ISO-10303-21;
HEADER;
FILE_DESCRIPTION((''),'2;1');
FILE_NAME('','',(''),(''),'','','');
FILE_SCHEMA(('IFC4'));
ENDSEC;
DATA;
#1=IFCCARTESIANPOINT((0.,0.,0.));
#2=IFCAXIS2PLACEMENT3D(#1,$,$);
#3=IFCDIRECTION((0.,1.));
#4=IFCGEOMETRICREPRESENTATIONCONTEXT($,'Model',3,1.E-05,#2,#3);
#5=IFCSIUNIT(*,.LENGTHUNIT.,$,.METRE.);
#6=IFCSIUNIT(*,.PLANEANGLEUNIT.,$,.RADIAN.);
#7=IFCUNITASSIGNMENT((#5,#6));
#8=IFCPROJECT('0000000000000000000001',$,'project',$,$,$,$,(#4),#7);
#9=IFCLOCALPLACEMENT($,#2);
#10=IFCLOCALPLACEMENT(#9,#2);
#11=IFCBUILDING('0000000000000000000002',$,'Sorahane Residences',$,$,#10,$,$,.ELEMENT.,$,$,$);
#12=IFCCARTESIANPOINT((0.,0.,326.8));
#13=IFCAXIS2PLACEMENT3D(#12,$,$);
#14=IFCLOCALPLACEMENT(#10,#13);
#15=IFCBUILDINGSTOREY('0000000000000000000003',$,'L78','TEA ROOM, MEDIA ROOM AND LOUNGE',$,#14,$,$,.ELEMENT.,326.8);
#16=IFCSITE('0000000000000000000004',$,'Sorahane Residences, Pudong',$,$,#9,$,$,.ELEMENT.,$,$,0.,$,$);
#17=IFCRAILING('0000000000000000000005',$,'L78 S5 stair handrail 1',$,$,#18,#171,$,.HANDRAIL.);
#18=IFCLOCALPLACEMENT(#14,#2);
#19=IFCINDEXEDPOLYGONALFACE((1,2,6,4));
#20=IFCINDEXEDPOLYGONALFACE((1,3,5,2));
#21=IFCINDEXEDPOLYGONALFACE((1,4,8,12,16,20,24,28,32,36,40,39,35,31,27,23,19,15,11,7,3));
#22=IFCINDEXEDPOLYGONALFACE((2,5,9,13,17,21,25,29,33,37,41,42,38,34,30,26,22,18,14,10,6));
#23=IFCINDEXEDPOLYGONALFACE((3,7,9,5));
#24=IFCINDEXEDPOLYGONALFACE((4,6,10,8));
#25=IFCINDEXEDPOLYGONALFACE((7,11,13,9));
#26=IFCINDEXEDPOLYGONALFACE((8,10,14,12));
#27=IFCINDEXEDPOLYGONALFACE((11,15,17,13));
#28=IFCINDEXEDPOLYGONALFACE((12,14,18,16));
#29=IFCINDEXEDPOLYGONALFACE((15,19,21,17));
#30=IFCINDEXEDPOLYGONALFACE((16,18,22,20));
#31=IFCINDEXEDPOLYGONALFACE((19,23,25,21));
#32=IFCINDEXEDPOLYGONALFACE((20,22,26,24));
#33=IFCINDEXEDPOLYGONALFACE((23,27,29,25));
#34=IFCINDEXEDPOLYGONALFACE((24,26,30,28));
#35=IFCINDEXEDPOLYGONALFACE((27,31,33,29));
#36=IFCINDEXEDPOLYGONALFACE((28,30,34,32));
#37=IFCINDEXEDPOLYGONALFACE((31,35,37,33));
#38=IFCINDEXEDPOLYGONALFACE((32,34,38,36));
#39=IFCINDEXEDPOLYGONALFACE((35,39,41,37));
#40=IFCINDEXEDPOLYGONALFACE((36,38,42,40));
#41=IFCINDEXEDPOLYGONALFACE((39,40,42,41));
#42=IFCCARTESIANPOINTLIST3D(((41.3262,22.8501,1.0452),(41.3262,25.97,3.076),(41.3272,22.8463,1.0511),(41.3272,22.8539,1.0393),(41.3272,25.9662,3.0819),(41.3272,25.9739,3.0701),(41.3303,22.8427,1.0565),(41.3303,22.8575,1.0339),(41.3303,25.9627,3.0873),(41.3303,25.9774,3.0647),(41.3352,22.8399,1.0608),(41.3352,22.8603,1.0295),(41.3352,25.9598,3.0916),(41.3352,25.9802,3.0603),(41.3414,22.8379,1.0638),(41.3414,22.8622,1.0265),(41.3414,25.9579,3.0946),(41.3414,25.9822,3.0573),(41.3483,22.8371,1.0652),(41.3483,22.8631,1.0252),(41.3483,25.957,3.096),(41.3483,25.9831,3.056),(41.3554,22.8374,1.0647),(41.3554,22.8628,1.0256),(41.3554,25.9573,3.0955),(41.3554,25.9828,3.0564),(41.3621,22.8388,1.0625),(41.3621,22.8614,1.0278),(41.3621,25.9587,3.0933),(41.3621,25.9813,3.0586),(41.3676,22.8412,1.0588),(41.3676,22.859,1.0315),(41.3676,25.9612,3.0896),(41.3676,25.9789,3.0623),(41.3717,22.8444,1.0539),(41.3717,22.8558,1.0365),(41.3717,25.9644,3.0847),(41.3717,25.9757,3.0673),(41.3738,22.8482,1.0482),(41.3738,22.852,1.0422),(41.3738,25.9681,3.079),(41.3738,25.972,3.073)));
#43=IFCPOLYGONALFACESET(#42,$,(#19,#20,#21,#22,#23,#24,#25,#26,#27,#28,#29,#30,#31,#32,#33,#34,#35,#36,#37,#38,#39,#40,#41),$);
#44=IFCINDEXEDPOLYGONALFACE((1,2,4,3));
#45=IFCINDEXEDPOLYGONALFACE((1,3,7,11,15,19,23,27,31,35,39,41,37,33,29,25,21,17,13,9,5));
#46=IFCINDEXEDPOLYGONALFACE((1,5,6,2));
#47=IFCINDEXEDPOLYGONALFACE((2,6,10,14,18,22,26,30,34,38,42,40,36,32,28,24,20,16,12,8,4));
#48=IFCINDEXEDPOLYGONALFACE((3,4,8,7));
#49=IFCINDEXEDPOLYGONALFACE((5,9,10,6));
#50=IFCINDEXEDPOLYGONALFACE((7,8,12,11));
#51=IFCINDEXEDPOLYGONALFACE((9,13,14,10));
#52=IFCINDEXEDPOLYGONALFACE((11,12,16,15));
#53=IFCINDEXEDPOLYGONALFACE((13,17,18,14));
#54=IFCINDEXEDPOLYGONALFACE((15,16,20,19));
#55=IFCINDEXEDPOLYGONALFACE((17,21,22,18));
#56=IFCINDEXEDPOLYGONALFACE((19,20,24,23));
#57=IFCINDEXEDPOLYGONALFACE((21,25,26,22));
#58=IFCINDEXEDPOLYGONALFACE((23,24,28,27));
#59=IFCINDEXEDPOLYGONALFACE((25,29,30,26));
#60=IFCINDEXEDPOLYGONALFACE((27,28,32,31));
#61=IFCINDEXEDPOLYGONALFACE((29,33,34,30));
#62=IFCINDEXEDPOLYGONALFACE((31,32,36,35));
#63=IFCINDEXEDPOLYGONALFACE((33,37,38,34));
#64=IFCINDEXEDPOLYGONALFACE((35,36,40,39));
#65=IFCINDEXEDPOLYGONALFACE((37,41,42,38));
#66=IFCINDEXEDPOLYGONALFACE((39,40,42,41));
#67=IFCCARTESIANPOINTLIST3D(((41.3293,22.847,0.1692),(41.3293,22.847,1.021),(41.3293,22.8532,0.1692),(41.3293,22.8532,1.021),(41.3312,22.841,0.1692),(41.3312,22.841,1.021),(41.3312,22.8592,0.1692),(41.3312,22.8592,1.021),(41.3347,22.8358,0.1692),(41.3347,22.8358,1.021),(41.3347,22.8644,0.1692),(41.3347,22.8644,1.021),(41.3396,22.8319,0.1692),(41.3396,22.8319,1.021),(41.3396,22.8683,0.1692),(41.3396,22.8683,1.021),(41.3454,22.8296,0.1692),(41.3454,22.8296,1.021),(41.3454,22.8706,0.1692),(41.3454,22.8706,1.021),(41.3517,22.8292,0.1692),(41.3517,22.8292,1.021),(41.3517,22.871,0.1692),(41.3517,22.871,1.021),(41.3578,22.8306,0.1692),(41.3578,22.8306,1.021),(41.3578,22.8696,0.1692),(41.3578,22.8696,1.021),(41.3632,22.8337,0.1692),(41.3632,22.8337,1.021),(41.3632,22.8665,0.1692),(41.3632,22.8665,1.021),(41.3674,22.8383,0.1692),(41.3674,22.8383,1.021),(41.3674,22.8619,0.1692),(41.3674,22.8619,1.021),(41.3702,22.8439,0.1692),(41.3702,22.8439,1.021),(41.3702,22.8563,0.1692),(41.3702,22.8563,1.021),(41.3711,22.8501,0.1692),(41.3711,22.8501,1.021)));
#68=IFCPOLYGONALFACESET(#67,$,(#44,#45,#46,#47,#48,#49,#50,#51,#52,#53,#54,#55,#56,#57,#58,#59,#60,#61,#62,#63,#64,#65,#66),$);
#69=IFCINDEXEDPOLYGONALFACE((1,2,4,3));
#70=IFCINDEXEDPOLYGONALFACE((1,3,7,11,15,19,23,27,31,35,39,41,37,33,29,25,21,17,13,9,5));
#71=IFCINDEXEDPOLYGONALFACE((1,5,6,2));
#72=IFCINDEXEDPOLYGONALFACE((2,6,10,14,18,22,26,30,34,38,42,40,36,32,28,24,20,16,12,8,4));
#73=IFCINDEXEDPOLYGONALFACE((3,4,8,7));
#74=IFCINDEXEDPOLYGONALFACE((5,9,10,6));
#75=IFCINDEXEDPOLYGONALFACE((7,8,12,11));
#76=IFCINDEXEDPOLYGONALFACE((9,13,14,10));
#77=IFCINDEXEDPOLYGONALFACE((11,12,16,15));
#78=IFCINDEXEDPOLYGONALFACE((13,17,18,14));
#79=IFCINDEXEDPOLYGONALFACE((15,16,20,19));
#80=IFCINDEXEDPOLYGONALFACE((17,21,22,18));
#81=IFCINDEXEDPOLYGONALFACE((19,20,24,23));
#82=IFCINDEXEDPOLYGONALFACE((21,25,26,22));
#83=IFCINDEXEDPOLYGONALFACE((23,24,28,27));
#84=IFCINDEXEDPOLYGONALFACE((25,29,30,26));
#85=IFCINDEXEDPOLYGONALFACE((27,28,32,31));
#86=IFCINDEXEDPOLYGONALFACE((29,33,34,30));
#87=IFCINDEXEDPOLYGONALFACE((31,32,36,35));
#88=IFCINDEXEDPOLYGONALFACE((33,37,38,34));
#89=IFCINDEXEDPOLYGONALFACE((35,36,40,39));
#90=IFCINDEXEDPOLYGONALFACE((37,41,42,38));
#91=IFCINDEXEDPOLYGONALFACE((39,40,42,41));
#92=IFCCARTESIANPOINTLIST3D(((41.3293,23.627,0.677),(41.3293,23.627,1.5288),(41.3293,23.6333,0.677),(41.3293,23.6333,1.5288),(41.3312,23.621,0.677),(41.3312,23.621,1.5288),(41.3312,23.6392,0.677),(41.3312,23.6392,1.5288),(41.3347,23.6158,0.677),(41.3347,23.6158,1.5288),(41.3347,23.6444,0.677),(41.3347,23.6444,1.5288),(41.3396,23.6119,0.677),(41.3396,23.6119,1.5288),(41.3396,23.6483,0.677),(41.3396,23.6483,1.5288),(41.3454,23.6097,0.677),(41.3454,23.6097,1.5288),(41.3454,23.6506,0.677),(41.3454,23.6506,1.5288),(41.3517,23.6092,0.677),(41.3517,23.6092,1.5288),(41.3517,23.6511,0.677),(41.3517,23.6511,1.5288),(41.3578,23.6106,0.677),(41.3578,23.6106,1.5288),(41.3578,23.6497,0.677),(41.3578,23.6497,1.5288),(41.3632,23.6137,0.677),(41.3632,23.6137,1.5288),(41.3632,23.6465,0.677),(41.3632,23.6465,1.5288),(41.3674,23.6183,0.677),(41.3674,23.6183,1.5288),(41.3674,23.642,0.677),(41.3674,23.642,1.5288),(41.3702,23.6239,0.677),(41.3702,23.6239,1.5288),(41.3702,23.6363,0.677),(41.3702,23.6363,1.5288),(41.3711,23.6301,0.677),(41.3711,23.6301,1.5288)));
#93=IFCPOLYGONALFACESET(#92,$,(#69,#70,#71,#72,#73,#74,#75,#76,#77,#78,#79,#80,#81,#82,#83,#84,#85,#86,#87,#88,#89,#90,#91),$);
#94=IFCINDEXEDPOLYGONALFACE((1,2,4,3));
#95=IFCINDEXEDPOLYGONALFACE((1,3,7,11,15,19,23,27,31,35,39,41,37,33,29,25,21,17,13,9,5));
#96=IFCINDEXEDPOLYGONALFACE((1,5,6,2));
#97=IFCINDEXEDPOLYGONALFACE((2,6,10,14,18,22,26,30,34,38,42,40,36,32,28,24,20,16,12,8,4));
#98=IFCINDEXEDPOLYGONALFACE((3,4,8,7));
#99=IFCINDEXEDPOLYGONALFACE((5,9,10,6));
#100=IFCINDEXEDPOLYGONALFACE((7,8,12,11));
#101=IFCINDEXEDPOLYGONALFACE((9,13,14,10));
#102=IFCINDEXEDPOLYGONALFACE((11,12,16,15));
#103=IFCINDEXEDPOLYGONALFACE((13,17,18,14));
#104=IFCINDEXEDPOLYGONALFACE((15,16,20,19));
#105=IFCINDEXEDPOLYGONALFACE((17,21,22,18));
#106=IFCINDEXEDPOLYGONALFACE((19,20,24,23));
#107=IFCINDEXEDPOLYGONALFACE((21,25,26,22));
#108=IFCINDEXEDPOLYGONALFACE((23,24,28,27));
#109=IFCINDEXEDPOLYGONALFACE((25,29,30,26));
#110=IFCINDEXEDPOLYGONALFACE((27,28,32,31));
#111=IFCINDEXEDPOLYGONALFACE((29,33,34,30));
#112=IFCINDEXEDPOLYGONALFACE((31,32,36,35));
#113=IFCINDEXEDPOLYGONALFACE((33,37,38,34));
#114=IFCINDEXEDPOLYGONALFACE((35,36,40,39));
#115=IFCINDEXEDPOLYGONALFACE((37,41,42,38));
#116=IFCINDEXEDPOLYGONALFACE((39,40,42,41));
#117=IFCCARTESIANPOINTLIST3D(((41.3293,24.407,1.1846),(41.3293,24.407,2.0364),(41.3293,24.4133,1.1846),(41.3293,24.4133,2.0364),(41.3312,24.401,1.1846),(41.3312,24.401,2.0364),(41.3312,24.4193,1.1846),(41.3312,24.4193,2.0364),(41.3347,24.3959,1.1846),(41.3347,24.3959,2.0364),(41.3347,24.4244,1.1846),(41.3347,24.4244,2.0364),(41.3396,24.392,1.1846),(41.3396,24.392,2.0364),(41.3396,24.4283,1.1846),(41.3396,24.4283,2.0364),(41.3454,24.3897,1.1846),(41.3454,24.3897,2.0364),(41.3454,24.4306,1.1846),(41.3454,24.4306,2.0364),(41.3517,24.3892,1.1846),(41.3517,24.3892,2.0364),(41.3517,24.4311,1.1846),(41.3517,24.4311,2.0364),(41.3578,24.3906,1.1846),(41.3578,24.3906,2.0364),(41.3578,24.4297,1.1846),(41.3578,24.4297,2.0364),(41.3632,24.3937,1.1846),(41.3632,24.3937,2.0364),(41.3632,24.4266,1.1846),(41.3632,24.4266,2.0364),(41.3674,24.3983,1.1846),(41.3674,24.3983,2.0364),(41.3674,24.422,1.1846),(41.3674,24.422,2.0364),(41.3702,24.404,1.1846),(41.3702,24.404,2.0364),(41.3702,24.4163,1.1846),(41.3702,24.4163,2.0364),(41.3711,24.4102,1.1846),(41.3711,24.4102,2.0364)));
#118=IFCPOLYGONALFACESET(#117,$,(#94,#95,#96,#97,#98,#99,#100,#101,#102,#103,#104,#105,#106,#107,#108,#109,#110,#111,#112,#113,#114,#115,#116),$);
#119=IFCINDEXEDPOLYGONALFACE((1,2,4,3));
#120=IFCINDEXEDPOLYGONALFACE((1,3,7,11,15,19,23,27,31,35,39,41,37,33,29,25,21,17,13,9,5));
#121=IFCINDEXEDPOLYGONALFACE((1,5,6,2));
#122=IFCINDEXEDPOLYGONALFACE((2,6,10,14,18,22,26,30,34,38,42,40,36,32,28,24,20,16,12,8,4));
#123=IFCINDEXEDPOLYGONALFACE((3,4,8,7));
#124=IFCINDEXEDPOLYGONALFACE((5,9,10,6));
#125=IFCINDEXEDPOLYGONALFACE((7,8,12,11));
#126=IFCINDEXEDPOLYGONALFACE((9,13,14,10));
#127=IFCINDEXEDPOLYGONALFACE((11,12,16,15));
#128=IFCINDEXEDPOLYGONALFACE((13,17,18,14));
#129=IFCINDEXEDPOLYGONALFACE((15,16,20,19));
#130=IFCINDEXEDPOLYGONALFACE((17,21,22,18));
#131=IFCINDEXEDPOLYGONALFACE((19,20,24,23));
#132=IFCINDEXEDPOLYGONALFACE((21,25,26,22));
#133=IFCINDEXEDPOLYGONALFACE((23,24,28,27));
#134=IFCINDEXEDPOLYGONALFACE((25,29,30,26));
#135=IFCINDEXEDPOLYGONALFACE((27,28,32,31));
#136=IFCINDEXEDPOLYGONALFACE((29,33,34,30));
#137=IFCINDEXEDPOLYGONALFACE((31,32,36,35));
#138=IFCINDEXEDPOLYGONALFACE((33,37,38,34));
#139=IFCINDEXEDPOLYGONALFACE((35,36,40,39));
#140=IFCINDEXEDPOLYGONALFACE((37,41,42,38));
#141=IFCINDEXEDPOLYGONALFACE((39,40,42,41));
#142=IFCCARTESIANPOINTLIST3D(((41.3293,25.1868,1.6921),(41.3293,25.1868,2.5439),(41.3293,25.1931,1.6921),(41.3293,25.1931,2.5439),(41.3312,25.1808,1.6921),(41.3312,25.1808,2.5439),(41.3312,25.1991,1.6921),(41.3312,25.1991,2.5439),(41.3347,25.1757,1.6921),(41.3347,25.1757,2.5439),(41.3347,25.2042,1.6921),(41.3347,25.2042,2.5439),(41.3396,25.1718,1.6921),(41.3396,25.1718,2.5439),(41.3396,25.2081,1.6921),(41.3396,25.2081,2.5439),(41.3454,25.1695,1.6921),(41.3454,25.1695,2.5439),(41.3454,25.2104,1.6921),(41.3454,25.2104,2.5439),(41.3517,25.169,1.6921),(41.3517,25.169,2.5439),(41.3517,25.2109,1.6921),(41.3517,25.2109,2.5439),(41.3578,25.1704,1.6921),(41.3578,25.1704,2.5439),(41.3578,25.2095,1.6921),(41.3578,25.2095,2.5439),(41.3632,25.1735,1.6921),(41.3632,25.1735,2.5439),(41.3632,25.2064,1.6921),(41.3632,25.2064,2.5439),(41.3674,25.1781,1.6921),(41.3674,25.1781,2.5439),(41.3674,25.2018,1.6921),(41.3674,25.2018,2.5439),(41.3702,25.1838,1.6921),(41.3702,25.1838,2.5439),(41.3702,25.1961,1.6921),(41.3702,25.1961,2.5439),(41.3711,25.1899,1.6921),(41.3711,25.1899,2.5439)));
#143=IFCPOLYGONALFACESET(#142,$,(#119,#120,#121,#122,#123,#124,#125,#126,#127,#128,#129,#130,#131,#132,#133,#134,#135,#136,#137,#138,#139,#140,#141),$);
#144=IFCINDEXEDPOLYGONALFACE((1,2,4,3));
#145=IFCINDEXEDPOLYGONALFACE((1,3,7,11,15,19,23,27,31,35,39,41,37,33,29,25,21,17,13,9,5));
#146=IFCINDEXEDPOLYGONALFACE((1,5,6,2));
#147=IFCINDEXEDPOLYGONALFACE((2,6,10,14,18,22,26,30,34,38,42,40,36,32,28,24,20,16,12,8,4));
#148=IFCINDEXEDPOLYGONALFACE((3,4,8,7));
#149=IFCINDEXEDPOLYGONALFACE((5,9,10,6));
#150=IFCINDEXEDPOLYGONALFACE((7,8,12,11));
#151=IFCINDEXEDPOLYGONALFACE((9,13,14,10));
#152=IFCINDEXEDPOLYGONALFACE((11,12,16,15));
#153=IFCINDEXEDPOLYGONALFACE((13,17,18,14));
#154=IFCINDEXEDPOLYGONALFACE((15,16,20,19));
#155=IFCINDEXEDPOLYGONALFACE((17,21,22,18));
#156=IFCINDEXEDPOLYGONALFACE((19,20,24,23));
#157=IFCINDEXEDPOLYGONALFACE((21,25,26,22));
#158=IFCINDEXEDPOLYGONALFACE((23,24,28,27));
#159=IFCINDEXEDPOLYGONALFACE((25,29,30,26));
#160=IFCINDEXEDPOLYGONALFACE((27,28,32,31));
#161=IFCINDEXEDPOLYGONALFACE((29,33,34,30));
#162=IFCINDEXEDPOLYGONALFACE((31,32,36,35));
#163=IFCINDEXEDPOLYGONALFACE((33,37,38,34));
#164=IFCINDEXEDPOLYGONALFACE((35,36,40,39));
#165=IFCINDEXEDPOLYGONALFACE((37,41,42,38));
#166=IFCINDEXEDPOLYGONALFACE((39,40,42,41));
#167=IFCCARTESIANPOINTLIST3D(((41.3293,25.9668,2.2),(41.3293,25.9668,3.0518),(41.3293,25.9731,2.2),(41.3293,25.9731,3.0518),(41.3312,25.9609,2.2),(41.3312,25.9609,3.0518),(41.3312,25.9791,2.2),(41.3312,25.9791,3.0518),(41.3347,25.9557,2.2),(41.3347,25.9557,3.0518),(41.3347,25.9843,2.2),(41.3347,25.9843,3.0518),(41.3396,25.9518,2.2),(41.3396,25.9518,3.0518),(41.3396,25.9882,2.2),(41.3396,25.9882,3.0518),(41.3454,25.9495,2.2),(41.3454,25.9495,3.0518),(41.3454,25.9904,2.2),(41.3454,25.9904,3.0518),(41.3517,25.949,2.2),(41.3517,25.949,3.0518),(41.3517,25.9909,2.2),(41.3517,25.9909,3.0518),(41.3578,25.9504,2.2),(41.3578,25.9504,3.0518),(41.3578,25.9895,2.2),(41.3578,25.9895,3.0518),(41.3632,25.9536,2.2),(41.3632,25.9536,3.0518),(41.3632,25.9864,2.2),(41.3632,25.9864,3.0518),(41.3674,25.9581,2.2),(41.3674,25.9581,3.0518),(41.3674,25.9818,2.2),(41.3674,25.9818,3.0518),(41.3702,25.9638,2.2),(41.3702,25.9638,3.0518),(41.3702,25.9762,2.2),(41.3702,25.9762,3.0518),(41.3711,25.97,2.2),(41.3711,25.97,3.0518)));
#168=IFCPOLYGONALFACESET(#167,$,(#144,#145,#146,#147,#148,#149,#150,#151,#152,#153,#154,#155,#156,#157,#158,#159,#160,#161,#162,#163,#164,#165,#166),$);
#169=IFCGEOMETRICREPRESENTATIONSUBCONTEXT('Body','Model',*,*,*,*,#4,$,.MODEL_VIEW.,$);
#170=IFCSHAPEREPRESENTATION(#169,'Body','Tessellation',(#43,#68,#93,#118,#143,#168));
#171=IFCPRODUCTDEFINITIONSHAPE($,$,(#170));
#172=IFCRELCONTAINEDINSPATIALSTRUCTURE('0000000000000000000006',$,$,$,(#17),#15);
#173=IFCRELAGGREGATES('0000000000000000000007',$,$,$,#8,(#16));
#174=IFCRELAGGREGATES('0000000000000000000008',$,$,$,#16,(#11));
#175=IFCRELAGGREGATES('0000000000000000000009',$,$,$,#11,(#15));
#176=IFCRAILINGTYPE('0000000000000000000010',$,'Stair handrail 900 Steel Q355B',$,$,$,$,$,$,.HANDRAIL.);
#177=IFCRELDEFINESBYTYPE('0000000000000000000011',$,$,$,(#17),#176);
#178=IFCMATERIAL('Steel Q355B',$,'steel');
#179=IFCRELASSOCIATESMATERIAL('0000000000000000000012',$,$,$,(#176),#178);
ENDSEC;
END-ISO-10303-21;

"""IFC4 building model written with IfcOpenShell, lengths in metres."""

from ifc_helpers import new_model, si_unit, direction, frame, origin, origin_2d, place, context, subcontext, project, spatial, circle, extrude, material, type_object, element, save


model = new_model("IFC4")

# Units and contexts
model_context = context("Model", 3, precision=1e-05, world=origin(), true_north=direction((0.0, 1.0)))
body_context = subcontext(model_context, "Body", "Model", "MODEL_VIEW")
ifc_project = project(units=[si_unit("LENGTHUNIT", "METRE"), si_unit("PLANEANGLEUNIT", "RADIAN")], contexts=[model_context])

# Site, building, storey
site_placement = place(None, origin())
site = spatial("IfcSite", under=ifc_project, at=site_placement, Name="Sorahane Residences, Pudong", CompositionType="ELEMENT", RefElevation=0.0)
building_placement = place(site_placement, origin())
building = spatial("IfcBuilding", under=site, at=building_placement, Name="Sorahane Residences", CompositionType="ELEMENT")
storey_placement = place(building_placement, frame((0.0, 0.0, 326.8)))
storey = spatial("IfcBuildingStorey", under=building, at=storey_placement, Name="L78", Description="TEA ROOM, MEDIA ROOM AND LOUNGE", CompositionType="ELEMENT", Elevation=326.8)

# Railing
ifc_material_1 = material(Name="Steel Q355B", Category="steel")
railing_type_1 = type_object("IfcRailingType", Name="Stair handrail 900 Steel Q355B", PredefinedType="HANDRAIL", material=ifc_material_1)
railing_1_placement = place(storey_placement, frame((41.3501, 22.8501, 0.1692)))
element("IfcRailing", 1, at=railing_1_placement, inside=storey, type_object=railing_type_1, Name="L78 S5 stair handrail 1", PredefinedType="HANDRAIL", context=body_context, shape_type="SweptSolid", body=[
    extrude(circle(Radius=0.0239, at=origin_2d()), frame((0.0, 0.0, 0.876), z_axis=(0.0, 0.838094, 0.545525), x_axis=(-1.0, 0.0, 0.0)), (0.0, 0.0, 1.0), 3.7227),
    extrude(circle(Radius=0.021, at=origin_2d()), origin(), (0.0, 0.0, 1.0), 0.8518),
    extrude(circle(Radius=0.021, at=origin_2d()), frame((0.0, 0.78, 0.5078)), (0.0, 0.0, 1.0), 0.8518),
    extrude(circle(Radius=0.021, at=origin_2d()), frame((0.0, 1.5601, 1.0154)), (0.0, 0.0, 1.0), 0.8518),
    extrude(circle(Radius=0.021, at=origin_2d()), frame((0.0, 2.3398, 1.5229)), (0.0, 0.0, 1.0), 0.8518),
    extrude(circle(Radius=0.021, at=origin_2d()), frame((0.0, 3.1199, 2.0308)), (0.0, 0.0, 1.0), 0.8518),
])

save(model, "model.ifc")
